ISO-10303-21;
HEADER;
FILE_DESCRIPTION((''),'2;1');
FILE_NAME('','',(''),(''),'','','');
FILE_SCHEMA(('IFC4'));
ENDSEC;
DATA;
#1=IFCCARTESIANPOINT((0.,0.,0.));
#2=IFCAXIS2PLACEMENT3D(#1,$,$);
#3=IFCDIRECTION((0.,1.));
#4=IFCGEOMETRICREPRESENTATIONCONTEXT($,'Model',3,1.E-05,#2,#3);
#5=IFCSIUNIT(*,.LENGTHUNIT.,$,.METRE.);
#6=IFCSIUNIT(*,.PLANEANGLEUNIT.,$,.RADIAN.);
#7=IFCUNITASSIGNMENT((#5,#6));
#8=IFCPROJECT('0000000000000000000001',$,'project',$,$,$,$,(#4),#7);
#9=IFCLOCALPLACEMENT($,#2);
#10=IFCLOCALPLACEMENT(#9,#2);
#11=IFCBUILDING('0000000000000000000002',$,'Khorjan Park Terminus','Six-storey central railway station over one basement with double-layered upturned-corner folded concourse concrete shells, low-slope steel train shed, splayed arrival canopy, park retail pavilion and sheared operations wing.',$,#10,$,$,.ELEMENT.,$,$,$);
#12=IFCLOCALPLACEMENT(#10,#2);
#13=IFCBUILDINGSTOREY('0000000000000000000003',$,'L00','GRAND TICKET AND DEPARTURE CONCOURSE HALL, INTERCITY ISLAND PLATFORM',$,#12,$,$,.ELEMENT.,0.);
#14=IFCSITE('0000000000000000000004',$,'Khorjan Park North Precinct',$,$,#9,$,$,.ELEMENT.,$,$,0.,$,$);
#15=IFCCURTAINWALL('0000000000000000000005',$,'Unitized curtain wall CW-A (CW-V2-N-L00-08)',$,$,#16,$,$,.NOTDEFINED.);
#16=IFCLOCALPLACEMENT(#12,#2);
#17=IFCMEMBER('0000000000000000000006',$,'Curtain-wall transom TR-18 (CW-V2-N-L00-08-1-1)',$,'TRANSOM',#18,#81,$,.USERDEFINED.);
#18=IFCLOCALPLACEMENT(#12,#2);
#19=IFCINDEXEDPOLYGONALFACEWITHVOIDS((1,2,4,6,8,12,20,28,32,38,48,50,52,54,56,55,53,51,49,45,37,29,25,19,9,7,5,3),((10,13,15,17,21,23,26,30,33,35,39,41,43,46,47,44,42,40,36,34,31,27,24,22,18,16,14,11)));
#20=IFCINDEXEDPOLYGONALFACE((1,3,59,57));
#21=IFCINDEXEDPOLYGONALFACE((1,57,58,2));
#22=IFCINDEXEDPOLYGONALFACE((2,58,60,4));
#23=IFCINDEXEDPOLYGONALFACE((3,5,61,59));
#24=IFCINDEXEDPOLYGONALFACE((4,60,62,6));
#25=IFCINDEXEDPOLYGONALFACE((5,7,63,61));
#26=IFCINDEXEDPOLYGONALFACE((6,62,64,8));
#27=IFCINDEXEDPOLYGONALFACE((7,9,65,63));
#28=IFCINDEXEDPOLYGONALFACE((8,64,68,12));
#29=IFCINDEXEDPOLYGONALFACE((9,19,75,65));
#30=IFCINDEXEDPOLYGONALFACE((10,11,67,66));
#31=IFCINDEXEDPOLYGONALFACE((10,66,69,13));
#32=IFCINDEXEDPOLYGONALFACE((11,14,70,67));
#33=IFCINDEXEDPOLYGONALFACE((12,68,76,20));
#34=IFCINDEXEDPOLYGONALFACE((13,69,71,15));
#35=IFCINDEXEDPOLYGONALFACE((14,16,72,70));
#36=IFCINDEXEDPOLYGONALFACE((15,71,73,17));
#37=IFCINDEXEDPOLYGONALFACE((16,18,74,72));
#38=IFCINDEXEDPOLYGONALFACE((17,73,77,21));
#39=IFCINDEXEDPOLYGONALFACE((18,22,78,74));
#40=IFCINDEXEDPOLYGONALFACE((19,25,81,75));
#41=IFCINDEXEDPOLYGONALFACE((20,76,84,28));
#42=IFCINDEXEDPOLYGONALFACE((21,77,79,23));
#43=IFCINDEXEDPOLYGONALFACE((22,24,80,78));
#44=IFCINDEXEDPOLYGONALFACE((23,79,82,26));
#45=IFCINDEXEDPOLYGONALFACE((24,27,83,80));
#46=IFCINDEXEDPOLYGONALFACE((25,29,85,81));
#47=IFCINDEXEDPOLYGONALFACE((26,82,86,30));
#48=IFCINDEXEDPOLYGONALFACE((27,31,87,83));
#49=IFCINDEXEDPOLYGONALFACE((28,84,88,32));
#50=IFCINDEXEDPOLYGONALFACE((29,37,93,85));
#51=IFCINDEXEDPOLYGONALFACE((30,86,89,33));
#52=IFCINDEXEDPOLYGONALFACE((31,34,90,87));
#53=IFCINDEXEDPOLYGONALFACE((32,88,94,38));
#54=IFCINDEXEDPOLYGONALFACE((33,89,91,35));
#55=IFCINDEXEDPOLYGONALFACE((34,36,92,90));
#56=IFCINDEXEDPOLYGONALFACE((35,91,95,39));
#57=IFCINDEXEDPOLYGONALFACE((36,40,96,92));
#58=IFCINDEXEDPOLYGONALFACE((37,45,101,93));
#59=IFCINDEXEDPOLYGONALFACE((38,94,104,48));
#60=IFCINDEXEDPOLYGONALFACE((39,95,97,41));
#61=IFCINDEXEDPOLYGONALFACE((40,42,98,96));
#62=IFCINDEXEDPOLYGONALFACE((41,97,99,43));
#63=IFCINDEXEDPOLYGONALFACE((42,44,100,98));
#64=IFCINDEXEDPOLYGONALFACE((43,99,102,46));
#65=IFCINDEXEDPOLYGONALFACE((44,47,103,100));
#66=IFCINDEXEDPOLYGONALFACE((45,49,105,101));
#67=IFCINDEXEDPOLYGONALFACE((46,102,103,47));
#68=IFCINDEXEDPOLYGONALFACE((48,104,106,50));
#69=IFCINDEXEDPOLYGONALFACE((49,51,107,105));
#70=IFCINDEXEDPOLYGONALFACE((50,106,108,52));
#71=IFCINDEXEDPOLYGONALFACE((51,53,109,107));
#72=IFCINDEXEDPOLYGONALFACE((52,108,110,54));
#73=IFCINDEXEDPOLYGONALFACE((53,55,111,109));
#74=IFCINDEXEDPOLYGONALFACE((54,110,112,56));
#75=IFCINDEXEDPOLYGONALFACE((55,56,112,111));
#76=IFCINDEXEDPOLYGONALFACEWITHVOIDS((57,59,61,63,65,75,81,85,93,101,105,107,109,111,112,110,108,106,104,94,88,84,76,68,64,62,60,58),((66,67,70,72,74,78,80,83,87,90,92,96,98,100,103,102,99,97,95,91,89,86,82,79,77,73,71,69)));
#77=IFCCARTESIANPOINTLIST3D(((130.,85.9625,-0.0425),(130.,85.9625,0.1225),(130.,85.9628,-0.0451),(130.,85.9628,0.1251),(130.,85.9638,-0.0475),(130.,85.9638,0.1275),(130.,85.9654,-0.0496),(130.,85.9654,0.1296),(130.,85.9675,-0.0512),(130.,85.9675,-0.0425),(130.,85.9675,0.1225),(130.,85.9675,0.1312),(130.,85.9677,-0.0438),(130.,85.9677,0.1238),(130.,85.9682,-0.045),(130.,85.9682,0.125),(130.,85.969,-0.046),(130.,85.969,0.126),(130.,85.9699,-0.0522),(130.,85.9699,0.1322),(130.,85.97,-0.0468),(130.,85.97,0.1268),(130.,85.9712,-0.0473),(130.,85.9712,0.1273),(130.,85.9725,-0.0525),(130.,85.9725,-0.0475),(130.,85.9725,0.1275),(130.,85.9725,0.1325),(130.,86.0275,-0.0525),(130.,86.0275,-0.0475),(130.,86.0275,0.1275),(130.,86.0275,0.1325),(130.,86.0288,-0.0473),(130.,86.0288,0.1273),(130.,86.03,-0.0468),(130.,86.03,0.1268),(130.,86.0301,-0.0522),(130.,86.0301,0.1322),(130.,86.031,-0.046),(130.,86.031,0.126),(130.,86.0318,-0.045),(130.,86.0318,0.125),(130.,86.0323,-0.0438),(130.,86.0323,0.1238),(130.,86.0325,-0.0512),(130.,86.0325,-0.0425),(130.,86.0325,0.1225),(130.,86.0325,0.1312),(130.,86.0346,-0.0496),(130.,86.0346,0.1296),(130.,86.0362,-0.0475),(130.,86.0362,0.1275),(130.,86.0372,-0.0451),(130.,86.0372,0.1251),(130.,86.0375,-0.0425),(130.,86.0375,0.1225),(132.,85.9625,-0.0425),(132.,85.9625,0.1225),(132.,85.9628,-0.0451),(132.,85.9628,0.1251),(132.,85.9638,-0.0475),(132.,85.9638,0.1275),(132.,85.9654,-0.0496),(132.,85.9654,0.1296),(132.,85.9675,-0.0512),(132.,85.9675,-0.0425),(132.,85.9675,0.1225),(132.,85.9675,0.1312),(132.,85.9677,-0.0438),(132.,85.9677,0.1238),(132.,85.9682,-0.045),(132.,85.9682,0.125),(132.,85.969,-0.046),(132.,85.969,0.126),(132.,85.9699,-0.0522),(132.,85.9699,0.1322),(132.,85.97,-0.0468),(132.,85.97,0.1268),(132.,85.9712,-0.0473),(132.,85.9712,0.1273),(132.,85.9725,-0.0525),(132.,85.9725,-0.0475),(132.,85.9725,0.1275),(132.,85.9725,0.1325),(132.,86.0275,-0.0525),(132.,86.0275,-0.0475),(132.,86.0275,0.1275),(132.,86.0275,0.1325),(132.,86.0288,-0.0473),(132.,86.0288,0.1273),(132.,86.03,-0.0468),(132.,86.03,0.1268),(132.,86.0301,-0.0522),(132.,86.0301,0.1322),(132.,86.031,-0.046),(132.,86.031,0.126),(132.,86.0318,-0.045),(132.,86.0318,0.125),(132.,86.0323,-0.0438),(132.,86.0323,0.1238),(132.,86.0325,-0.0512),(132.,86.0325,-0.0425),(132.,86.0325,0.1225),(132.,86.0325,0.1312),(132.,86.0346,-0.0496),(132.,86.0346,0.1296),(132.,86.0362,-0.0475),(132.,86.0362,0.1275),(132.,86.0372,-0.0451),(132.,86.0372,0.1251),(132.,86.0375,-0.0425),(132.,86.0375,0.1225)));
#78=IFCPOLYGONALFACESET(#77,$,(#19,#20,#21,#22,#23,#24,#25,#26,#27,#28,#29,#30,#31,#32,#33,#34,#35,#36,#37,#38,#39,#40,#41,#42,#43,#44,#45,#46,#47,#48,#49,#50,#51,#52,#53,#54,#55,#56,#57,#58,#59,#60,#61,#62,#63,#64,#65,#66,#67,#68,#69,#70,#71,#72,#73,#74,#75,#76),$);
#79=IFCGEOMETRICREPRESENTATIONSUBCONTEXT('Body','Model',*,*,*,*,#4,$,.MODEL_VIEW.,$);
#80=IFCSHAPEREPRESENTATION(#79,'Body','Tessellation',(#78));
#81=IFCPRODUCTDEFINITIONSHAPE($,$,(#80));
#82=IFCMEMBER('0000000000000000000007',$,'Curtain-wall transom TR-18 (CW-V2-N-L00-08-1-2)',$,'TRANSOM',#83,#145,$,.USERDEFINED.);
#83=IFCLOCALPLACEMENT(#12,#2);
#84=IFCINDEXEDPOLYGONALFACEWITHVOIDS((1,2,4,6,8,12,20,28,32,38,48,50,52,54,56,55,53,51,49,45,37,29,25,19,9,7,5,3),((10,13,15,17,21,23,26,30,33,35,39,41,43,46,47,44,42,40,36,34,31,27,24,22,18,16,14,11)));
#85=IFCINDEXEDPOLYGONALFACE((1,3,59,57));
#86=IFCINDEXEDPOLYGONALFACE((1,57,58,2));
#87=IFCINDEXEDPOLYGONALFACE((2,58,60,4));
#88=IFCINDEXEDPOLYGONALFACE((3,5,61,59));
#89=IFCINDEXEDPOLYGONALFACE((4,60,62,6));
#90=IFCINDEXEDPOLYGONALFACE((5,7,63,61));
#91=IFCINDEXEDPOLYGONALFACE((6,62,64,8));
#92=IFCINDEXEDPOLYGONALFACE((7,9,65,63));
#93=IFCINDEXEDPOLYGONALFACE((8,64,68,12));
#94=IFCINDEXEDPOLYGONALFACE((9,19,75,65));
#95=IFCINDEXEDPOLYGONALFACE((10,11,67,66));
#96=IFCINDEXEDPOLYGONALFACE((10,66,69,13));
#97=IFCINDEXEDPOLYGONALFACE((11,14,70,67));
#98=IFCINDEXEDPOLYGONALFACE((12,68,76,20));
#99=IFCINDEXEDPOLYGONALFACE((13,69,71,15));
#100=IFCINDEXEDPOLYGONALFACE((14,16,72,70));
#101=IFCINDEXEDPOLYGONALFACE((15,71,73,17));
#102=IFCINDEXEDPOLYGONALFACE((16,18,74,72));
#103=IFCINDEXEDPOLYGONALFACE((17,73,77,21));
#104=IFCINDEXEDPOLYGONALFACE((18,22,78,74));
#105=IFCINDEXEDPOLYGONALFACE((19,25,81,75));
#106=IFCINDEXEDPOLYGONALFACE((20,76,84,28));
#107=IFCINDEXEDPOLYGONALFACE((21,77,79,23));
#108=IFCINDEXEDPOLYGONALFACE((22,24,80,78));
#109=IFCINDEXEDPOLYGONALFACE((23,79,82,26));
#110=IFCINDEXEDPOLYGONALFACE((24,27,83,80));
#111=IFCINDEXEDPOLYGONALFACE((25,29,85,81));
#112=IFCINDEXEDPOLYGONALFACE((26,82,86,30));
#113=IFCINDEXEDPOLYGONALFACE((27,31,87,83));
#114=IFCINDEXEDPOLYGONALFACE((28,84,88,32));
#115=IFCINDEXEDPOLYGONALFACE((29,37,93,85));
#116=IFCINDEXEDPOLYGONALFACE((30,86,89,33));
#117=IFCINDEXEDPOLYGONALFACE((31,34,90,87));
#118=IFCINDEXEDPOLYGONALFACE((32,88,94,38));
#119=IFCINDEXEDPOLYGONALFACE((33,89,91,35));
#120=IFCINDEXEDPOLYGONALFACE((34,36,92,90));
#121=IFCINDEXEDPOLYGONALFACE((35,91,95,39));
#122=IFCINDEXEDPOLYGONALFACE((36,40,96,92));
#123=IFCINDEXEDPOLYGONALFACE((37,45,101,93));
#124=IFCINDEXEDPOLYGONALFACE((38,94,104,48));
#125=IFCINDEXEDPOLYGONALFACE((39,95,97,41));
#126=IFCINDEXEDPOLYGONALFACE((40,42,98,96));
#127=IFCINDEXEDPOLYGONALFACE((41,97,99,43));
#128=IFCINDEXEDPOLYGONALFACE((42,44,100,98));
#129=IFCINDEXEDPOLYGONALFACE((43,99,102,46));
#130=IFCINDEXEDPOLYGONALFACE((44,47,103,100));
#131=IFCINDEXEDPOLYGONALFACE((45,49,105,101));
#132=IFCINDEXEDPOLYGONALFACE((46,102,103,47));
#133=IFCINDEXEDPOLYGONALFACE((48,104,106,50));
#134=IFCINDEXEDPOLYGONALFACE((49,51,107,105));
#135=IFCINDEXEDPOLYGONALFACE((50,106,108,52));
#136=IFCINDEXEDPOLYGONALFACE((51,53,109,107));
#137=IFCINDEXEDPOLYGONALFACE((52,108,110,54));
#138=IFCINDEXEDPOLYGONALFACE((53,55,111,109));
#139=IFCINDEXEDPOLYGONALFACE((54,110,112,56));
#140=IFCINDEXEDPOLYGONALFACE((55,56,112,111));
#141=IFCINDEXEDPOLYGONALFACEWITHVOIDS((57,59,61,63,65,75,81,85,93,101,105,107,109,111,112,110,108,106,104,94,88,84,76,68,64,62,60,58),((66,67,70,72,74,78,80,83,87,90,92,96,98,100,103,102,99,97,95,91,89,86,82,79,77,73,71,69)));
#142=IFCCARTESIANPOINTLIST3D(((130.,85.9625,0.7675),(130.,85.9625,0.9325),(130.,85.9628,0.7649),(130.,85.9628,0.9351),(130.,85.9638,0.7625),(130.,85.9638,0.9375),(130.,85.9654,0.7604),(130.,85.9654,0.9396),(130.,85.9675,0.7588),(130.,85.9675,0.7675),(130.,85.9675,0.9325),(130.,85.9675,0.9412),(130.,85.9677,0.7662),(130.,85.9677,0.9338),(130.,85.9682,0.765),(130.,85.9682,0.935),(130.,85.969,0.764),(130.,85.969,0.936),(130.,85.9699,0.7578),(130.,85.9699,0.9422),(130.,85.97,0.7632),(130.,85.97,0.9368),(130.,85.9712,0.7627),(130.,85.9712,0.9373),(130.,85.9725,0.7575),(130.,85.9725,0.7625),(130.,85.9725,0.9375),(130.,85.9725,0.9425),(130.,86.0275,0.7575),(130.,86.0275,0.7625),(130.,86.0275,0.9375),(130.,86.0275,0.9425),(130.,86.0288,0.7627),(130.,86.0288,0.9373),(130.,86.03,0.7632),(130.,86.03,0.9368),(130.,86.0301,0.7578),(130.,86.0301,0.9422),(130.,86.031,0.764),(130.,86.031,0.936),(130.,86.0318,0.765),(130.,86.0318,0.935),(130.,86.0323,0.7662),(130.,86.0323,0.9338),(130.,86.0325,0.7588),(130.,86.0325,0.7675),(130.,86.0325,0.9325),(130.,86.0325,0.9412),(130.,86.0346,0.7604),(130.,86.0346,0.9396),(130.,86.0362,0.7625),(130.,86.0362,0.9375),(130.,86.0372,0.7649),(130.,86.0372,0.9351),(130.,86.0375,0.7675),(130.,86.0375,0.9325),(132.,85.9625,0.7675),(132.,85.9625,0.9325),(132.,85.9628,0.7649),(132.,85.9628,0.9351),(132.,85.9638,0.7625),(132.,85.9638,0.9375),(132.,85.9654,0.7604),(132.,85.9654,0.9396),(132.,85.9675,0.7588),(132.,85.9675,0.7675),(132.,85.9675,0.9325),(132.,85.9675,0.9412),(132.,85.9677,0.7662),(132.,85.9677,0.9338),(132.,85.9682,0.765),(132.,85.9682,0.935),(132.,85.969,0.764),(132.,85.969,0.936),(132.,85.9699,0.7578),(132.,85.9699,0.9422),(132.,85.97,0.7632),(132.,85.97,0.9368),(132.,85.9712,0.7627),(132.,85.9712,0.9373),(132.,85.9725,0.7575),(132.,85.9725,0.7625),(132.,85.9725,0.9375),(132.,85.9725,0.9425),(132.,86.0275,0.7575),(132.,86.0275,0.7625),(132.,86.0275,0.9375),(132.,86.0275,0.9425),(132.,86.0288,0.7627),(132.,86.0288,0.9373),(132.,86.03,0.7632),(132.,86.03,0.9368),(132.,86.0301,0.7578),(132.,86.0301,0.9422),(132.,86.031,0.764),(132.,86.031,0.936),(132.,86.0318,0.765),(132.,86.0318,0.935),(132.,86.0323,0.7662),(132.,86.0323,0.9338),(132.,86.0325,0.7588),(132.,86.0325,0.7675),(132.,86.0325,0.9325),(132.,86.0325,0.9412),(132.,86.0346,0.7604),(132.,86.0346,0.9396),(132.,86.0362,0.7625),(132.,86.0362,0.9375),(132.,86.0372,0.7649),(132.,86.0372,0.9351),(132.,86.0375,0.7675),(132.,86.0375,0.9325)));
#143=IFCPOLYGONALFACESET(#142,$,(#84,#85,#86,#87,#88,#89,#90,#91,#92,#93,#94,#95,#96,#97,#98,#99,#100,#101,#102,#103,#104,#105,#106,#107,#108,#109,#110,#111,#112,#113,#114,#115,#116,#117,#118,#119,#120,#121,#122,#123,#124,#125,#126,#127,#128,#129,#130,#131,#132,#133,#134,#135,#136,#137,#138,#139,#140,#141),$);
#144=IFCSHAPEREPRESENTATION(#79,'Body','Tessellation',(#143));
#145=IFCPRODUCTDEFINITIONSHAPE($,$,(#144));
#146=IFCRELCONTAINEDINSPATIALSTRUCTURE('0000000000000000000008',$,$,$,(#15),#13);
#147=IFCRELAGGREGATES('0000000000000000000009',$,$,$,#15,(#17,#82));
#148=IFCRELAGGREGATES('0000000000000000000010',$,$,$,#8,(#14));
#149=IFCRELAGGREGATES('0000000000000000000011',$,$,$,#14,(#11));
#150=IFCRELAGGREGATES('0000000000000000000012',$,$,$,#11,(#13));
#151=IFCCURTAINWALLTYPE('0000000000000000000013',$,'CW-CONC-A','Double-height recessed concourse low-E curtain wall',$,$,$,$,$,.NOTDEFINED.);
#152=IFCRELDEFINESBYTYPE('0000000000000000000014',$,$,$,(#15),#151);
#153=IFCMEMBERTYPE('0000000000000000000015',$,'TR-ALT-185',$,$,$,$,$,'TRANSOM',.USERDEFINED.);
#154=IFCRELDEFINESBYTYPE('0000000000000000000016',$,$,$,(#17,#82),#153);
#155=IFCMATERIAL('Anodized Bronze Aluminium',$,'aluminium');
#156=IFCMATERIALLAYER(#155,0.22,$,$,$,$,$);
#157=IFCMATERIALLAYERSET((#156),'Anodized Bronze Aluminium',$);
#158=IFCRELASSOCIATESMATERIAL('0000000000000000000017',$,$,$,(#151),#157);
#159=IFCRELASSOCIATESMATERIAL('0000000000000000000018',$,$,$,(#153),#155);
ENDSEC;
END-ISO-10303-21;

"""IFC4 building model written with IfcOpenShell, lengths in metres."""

from ifc_helpers import new_model, si_unit, direction, frame, origin, origin_2d, place, context, subcontext, project, spatial, hollow_rectangle, extrude, material, layer, layer_set, material_profile, profile_set, type_object, element, aggregate, save


model = new_model("IFC4")

# Units and contexts
model_context = context("Model", 3, precision=1e-05, world=origin(), true_north=direction((0.0, 1.0)))
body_context = subcontext(model_context, "Body", "Model", "MODEL_VIEW")
ifc_project = project(units=[si_unit("LENGTHUNIT", "METRE"), si_unit("PLANEANGLEUNIT", "RADIAN")], contexts=[model_context])

# Site, building, storey
site_placement = place(None, origin())
site = spatial("IfcSite", under=ifc_project, at=site_placement, Name="Khorjan Park North Precinct", CompositionType="ELEMENT", RefElevation=0.0)
building_placement = place(site_placement, origin())
building = spatial("IfcBuilding", under=site, at=building_placement, Name="Khorjan Park Terminus", Description="Six-storey central railway station over one basement with double-layered upturned-corner folded concourse concrete shells, low-slope steel train shed, splayed arrival canopy, park retail pavilion and sheared operations wing.", CompositionType="ELEMENT")
storey_placement = place(building_placement, origin())
storey = spatial("IfcBuildingStorey", under=building, at=storey_placement, Name="L00", Description="GRAND TICKET AND DEPARTURE CONCOURSE HALL, INTERCITY ISLAND PLATFORM", CompositionType="ELEMENT", Elevation=0.0)

# Curtain wall, members
ifc_material_1 = material(Name="Anodized Bronze Aluminium", Category="aluminium")
ifc_layer_1 = layer(ifc_material_1, 0.22)
ifc_layer_set_1 = layer_set([ifc_layer_1], Name="Anodized Bronze Aluminium")
curtain_wall_type = type_object("IfcCurtainWallType", Name="CW-CONC-A", Description="Double-height recessed concourse low-E curtain wall", PredefinedType="NOTDEFINED", material=ifc_layer_set_1)
curtain_wall_1_placement = place(storey_placement, origin())
curtain_wall_1 = element("IfcCurtainWall", 1, at=curtain_wall_1_placement, inside=storey, type_object=curtain_wall_type, Name="Unitized curtain wall CW-A (CW-V2-N-L00-08)", PredefinedType="NOTDEFINED")
ifc_material_profile_1 = material_profile(ifc_material_1, hollow_rectangle(XDim=0.075, YDim=0.185, WallThickness=0.005, InnerFilletRadius=0.005, OuterFilletRadius=0.01, at=origin_2d()), Name="ALT 75x185x5")
ifc_profile_set_1 = profile_set([ifc_material_profile_1], Name="Anodized Bronze Aluminium")
member_type_1 = type_object("IfcMemberType", Name="TR-ALT-185", ElementType="TRANSOM", PredefinedType="USERDEFINED", material=ifc_profile_set_1)
member_1_placement = place(storey_placement, frame((132.0, 86.0, 0.04), z_axis=(-1.0, 0.0, 0.0), x_axis=(0.0, -1.0, 0.0)))
member_1 = element("IfcMember", 2, at=member_1_placement, type_object=member_type_1, Name="Curtain-wall transom TR-18 (CW-V2-N-L00-08-1-1)", ObjectType="TRANSOM", PredefinedType="USERDEFINED", context=body_context, shape_type="SweptSolid", body=[
    extrude(hollow_rectangle(XDim=0.075, YDim=0.185, WallThickness=0.005, InnerFilletRadius=0.005, OuterFilletRadius=0.01, at=origin_2d()), origin(), (0.0, 0.0, 1.0), 2.0),
])
member_2_placement = place(storey_placement, frame((132.0, 86.0, 0.85), z_axis=(-1.0, 0.0, 0.0), x_axis=(0.0, -1.0, 0.0)))
member_2 = element("IfcMember", 3, at=member_2_placement, type_object=member_type_1, Name="Curtain-wall transom TR-18 (CW-V2-N-L00-08-1-2)", ObjectType="TRANSOM", PredefinedType="USERDEFINED", context=body_context, shape_type="SweptSolid", body=[
    extrude(hollow_rectangle(XDim=0.075, YDim=0.185, WallThickness=0.005, InnerFilletRadius=0.005, OuterFilletRadius=0.01, at=origin_2d()), origin(), (0.0, 0.0, 1.0), 2.0),
])

aggregate(curtain_wall_1, [member_1, member_2])

save(model, "model.ifc")
